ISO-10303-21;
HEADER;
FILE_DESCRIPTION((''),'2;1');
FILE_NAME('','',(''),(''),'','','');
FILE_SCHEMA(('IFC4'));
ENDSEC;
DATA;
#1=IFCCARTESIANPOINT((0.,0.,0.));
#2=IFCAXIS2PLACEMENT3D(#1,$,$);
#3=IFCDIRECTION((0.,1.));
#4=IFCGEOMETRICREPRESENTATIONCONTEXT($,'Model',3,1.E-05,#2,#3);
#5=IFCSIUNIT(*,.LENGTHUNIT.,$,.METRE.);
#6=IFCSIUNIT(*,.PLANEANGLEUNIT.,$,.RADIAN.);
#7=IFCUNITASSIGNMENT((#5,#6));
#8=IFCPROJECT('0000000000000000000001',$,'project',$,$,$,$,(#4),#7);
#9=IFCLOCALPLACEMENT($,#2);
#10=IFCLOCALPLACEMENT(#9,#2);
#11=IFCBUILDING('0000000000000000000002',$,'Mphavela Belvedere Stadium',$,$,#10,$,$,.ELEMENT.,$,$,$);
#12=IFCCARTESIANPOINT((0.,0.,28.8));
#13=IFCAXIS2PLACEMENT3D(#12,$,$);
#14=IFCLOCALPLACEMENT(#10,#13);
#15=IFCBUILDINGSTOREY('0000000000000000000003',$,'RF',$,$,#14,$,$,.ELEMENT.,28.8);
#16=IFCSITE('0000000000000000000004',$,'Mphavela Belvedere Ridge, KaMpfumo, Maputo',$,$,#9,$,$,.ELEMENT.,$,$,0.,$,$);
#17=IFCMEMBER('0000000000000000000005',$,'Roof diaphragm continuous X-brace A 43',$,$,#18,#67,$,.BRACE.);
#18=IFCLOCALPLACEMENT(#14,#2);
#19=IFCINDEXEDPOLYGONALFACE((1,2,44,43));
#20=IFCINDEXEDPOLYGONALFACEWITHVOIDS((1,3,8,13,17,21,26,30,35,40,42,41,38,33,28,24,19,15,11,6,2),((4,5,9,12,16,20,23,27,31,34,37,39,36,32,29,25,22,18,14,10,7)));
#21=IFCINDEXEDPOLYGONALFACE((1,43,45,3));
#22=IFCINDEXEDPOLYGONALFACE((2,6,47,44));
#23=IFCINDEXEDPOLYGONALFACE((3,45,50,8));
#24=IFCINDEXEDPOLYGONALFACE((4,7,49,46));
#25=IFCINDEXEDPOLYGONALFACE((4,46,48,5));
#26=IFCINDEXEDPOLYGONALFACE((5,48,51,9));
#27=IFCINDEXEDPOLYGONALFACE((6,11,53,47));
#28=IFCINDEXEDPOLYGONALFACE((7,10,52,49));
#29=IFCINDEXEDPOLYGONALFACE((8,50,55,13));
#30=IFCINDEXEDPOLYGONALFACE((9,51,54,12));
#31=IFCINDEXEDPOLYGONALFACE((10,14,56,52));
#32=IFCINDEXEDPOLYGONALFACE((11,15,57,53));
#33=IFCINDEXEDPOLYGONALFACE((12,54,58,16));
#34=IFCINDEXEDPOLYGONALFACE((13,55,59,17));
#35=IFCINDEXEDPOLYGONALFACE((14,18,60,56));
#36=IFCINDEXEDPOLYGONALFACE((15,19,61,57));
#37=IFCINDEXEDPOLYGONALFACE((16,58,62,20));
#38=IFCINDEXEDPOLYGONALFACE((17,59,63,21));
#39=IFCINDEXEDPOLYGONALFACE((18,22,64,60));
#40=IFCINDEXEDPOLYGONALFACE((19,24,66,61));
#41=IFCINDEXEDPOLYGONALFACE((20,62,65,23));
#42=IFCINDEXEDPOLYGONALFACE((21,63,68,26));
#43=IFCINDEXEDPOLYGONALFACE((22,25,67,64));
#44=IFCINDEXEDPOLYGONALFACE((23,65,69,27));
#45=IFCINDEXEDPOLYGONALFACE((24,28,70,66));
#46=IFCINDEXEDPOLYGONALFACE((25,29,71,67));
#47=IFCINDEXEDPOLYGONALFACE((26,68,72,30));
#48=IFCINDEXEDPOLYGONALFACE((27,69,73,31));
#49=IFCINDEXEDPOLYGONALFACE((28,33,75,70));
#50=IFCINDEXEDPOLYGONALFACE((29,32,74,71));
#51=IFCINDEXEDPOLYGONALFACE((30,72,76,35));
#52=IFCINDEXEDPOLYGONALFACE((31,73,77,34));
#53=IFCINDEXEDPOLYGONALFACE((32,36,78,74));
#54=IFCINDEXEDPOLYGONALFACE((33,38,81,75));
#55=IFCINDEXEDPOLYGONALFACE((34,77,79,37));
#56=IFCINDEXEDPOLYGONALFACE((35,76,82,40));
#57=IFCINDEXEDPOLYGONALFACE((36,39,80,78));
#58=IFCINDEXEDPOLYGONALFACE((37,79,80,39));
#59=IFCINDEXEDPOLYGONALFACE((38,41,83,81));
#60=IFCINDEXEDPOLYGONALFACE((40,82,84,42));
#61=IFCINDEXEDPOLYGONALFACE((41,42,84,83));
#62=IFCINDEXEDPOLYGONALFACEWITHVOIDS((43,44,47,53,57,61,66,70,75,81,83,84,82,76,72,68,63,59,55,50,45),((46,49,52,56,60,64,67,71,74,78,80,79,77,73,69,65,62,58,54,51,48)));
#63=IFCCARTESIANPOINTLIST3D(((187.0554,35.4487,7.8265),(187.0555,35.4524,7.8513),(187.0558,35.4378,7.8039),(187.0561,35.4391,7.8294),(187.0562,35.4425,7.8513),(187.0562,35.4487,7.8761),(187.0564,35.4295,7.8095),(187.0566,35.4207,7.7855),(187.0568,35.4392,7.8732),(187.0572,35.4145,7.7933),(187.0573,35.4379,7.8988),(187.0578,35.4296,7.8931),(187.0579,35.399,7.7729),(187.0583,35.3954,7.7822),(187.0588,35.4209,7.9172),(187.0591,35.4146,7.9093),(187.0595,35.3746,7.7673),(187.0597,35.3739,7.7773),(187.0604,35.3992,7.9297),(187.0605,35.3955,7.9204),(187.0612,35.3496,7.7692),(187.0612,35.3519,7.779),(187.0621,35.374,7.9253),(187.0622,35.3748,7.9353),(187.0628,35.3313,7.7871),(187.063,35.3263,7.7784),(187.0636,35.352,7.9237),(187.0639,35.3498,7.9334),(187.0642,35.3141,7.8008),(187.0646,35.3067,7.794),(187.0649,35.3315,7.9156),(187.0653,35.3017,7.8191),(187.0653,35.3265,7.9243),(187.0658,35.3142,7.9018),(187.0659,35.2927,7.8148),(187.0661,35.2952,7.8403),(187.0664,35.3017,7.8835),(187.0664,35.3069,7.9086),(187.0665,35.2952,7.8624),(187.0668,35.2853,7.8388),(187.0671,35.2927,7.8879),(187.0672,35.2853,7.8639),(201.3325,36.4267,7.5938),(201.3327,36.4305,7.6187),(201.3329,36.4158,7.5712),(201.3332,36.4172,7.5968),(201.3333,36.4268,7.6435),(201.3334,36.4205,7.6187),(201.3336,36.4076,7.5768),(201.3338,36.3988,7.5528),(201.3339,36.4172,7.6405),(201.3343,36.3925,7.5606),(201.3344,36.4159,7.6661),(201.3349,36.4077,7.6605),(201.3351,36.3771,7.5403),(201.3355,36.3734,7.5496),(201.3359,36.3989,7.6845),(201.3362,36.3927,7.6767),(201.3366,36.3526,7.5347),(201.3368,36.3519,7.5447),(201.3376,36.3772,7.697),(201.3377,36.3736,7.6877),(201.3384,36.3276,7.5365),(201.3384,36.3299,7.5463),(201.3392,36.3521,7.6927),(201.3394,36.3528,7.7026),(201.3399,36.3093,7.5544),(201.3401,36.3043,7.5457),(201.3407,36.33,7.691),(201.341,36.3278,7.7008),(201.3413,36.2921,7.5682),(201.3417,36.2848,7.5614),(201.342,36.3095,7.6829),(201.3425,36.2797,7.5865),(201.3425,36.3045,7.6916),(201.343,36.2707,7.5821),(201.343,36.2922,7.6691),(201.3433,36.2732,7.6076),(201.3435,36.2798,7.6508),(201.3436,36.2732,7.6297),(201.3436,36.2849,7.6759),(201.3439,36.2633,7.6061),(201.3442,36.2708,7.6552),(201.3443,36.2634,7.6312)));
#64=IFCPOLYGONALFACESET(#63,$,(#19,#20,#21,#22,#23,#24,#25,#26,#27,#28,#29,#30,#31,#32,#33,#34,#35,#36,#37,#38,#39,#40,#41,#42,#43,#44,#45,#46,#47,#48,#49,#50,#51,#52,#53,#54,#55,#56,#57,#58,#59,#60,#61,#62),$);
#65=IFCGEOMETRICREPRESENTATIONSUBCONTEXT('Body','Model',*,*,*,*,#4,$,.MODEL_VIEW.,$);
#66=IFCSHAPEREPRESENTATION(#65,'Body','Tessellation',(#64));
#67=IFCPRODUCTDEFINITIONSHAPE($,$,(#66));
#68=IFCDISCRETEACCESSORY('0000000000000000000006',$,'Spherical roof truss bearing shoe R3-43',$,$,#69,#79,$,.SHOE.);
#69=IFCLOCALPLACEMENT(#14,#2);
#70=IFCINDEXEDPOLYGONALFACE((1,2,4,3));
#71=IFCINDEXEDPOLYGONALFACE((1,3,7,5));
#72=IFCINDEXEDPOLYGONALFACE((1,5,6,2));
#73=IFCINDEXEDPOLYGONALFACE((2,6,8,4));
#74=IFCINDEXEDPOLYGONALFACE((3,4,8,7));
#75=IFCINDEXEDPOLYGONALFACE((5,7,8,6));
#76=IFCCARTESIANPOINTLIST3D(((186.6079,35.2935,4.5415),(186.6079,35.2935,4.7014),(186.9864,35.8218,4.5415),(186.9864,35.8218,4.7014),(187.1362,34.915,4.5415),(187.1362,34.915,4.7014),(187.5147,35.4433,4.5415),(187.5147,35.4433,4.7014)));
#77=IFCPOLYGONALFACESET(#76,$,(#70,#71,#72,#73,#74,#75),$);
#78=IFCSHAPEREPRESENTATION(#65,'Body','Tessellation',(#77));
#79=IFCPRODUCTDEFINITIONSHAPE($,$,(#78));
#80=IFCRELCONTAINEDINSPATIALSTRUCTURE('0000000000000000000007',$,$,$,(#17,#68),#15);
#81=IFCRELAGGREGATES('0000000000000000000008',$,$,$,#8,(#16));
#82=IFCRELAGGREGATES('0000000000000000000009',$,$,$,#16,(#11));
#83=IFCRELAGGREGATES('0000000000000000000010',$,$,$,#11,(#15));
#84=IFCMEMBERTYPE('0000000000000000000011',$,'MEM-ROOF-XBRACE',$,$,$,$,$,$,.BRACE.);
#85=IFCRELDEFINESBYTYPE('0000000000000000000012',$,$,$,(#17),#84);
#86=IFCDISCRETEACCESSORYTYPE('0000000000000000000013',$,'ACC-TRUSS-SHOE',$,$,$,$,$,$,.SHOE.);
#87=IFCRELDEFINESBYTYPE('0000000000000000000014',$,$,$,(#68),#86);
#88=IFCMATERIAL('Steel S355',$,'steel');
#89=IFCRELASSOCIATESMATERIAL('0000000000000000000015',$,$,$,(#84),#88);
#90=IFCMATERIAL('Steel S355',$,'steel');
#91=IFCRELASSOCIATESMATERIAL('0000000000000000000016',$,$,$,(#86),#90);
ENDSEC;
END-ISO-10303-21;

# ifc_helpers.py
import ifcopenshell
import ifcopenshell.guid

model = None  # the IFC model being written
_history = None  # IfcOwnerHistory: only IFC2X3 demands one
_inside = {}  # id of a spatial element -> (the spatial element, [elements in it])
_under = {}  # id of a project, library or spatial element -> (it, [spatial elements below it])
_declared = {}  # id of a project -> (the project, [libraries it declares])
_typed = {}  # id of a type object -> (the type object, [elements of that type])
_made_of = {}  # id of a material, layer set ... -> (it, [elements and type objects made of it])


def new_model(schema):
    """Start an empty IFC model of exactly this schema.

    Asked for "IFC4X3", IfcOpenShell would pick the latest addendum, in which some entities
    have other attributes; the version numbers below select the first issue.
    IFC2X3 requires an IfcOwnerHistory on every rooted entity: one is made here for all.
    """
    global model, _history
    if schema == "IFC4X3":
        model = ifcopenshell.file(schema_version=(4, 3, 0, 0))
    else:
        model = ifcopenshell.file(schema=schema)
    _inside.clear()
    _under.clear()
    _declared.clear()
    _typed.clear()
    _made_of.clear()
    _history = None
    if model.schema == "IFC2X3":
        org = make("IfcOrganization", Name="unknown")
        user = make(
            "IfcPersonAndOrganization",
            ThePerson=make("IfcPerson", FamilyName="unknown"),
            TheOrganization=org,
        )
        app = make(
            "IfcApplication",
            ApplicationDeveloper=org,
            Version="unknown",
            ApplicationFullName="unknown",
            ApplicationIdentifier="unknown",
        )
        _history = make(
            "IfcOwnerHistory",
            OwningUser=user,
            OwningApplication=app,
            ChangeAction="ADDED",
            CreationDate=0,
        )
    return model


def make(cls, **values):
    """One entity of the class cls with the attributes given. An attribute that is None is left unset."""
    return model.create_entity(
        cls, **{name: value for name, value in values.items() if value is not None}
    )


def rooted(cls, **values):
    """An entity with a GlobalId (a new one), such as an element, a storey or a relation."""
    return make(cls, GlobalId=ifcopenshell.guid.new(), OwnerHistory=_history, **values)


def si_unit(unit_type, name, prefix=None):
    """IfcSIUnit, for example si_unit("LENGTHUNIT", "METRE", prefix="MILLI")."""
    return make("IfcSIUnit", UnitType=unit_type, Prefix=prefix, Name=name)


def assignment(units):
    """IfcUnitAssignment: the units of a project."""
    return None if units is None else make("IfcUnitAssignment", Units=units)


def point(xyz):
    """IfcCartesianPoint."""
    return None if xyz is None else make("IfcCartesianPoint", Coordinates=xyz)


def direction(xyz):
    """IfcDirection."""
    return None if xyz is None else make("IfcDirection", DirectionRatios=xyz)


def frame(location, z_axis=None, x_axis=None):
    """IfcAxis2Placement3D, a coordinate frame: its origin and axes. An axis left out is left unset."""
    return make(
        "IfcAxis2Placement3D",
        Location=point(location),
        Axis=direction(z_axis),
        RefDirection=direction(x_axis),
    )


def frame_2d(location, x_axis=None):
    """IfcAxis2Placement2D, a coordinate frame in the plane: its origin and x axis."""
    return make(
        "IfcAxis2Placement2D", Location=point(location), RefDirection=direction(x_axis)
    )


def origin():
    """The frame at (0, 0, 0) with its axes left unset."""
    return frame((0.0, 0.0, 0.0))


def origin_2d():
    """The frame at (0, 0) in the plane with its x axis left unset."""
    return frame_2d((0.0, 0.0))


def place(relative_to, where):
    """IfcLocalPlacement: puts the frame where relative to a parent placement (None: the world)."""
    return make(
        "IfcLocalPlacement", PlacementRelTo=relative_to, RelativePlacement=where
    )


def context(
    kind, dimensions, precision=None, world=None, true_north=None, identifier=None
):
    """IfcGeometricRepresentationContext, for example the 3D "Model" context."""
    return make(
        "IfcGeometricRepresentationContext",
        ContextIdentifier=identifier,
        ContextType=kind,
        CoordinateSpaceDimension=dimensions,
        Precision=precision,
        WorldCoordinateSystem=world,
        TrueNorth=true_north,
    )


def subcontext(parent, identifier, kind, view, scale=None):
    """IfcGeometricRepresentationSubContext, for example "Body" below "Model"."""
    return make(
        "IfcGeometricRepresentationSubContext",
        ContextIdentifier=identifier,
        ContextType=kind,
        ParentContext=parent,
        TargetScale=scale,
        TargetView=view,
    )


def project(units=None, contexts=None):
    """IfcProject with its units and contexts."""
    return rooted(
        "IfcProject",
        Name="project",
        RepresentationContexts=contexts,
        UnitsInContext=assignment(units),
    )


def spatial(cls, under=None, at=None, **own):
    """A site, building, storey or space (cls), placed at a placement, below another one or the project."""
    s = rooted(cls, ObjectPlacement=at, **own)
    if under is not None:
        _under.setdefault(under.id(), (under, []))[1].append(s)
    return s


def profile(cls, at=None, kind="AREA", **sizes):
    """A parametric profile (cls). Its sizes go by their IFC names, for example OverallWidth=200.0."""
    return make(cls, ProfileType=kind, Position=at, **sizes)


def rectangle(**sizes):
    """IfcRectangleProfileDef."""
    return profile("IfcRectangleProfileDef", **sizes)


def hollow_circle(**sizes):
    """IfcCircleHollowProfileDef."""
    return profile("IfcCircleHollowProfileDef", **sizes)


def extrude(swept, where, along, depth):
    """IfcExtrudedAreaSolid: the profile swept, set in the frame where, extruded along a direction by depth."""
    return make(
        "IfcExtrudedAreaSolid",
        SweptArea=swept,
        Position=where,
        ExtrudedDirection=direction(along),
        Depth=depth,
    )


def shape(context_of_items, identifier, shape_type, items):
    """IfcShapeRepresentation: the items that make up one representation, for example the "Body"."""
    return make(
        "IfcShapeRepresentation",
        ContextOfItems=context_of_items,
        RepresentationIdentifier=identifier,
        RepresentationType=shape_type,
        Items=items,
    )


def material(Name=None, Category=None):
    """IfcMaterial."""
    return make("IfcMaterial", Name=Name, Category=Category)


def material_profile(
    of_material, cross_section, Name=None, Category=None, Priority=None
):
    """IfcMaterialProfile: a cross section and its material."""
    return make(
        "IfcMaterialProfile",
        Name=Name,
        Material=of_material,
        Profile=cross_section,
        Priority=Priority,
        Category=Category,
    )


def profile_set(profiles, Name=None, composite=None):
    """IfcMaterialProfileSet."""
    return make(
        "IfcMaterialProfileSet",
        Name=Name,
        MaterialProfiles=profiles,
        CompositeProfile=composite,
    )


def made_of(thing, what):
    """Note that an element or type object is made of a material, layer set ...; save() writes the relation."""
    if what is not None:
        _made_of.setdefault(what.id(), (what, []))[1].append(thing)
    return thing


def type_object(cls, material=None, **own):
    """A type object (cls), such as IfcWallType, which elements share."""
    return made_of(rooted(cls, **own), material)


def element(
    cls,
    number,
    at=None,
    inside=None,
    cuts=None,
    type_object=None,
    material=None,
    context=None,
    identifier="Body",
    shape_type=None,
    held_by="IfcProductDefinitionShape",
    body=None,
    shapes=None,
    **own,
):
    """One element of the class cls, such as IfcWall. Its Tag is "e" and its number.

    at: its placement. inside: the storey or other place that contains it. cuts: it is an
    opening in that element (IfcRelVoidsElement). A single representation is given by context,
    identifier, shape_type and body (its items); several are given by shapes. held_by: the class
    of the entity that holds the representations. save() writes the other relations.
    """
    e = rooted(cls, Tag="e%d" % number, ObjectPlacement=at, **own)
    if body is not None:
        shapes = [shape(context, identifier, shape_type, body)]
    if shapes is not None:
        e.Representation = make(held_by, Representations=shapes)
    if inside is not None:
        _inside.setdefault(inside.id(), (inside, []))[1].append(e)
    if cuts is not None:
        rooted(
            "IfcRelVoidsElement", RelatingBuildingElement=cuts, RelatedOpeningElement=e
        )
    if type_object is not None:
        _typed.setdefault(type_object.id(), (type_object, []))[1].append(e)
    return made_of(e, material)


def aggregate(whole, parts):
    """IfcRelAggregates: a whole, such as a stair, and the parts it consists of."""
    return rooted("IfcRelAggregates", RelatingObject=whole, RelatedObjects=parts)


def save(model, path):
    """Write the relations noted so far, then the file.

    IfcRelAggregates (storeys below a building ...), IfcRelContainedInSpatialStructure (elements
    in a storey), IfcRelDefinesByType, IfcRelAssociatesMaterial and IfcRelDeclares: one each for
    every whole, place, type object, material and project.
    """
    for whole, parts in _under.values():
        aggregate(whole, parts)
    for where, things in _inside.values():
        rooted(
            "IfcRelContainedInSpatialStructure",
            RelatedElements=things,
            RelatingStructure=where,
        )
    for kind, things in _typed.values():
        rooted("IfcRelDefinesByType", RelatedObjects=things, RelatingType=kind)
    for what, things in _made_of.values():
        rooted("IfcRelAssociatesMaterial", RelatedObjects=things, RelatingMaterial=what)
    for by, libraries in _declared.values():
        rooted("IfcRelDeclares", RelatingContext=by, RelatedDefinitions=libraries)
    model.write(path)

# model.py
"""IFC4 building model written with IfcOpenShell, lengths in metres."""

from ifc_helpers import new_model, si_unit, direction, frame, origin, origin_2d, place, context, subcontext, project, spatial, rectangle, hollow_circle, extrude, material, material_profile, profile_set, type_object, element, save


model = new_model("IFC4")

# Units and contexts
model_context = context("Model", 3, precision=1e-05, world=origin(), true_north=direction((0.0, 1.0)))
body_context = subcontext(model_context, "Body", "Model", "MODEL_VIEW")
ifc_project = project(units=[si_unit("LENGTHUNIT", "METRE"), si_unit("PLANEANGLEUNIT", "RADIAN")], contexts=[model_context])

# Site, building, storey
site_placement = place(None, origin())
site = spatial("IfcSite", under=ifc_project, at=site_placement, Name="Mphavela Belvedere Ridge, KaMpfumo, Maputo", CompositionType="ELEMENT", RefElevation=0.0)
building_placement = place(site_placement, origin())
building = spatial("IfcBuilding", under=site, at=building_placement, Name="Mphavela Belvedere Stadium", CompositionType="ELEMENT")
storey_placement = place(building_placement, frame((0.0, 0.0, 28.8)))
storey = spatial("IfcBuildingStorey", under=building, at=storey_placement, Name="RF", CompositionType="ELEMENT", Elevation=28.8)

# Member
ifc_material_1 = material(Name="Steel S355", Category="steel")
ifc_material_profile_1 = material_profile(ifc_material_1, hollow_circle(Radius=0.0842, WallThickness=0.01, at=origin_2d()), Name="CHS 168.3x10")
ifc_profile_set_1 = profile_set([ifc_material_profile_1], Name="Steel S355")
member_type_1 = type_object("IfcMemberType", Name="MEM-ROOF-XBRACE", PredefinedType="BRACE", material=ifc_profile_set_1)
member_1_placement = place(storey_placement, frame((187.0613, 35.3684, 7.8513), z_axis=(0.99753, 0.068334, -0.016256), x_axis=(-0.068343, 0.997662, 0.0)))
element("IfcMember", 1, at=member_1_placement, inside=storey, type_object=member_type_1, Name="Roof diaphragm continuous X-brace A 43", PredefinedType="BRACE", context=body_context, shape_type="SweptSolid", body=[
    extrude(hollow_circle(Radius=0.0842, WallThickness=0.01, at=origin_2d()), origin(), (0.0, 0.0, 1.0), 14.3125),
])

# Discrete accessory
ifc_material_2 = material(Name="Steel S355", Category="steel")
discrete_accessory_type = type_object("IfcDiscreteAccessoryType", Name="ACC-TRUSS-SHOE", PredefinedType="SHOE", material=ifc_material_2)
discrete_accessory_placement = place(storey_placement, frame((187.0613, 35.3684, 4.5415), z_axis=(0.0, 0.0, 1.0), x_axis=(0.812898, -0.582407, 0.0)))
element("IfcDiscreteAccessory", 2, at=discrete_accessory_placement, inside=storey, type_object=discrete_accessory_type, Name="Spherical roof truss bearing shoe R3-43", PredefinedType="SHOE", context=body_context, shape_type="SweptSolid", body=[
    extrude(rectangle(XDim=0.6499, YDim=0.6499, at=origin_2d()), origin(), (0.0, 0.0, 1.0), 0.1599),
])

save(model, "model.ifc")
